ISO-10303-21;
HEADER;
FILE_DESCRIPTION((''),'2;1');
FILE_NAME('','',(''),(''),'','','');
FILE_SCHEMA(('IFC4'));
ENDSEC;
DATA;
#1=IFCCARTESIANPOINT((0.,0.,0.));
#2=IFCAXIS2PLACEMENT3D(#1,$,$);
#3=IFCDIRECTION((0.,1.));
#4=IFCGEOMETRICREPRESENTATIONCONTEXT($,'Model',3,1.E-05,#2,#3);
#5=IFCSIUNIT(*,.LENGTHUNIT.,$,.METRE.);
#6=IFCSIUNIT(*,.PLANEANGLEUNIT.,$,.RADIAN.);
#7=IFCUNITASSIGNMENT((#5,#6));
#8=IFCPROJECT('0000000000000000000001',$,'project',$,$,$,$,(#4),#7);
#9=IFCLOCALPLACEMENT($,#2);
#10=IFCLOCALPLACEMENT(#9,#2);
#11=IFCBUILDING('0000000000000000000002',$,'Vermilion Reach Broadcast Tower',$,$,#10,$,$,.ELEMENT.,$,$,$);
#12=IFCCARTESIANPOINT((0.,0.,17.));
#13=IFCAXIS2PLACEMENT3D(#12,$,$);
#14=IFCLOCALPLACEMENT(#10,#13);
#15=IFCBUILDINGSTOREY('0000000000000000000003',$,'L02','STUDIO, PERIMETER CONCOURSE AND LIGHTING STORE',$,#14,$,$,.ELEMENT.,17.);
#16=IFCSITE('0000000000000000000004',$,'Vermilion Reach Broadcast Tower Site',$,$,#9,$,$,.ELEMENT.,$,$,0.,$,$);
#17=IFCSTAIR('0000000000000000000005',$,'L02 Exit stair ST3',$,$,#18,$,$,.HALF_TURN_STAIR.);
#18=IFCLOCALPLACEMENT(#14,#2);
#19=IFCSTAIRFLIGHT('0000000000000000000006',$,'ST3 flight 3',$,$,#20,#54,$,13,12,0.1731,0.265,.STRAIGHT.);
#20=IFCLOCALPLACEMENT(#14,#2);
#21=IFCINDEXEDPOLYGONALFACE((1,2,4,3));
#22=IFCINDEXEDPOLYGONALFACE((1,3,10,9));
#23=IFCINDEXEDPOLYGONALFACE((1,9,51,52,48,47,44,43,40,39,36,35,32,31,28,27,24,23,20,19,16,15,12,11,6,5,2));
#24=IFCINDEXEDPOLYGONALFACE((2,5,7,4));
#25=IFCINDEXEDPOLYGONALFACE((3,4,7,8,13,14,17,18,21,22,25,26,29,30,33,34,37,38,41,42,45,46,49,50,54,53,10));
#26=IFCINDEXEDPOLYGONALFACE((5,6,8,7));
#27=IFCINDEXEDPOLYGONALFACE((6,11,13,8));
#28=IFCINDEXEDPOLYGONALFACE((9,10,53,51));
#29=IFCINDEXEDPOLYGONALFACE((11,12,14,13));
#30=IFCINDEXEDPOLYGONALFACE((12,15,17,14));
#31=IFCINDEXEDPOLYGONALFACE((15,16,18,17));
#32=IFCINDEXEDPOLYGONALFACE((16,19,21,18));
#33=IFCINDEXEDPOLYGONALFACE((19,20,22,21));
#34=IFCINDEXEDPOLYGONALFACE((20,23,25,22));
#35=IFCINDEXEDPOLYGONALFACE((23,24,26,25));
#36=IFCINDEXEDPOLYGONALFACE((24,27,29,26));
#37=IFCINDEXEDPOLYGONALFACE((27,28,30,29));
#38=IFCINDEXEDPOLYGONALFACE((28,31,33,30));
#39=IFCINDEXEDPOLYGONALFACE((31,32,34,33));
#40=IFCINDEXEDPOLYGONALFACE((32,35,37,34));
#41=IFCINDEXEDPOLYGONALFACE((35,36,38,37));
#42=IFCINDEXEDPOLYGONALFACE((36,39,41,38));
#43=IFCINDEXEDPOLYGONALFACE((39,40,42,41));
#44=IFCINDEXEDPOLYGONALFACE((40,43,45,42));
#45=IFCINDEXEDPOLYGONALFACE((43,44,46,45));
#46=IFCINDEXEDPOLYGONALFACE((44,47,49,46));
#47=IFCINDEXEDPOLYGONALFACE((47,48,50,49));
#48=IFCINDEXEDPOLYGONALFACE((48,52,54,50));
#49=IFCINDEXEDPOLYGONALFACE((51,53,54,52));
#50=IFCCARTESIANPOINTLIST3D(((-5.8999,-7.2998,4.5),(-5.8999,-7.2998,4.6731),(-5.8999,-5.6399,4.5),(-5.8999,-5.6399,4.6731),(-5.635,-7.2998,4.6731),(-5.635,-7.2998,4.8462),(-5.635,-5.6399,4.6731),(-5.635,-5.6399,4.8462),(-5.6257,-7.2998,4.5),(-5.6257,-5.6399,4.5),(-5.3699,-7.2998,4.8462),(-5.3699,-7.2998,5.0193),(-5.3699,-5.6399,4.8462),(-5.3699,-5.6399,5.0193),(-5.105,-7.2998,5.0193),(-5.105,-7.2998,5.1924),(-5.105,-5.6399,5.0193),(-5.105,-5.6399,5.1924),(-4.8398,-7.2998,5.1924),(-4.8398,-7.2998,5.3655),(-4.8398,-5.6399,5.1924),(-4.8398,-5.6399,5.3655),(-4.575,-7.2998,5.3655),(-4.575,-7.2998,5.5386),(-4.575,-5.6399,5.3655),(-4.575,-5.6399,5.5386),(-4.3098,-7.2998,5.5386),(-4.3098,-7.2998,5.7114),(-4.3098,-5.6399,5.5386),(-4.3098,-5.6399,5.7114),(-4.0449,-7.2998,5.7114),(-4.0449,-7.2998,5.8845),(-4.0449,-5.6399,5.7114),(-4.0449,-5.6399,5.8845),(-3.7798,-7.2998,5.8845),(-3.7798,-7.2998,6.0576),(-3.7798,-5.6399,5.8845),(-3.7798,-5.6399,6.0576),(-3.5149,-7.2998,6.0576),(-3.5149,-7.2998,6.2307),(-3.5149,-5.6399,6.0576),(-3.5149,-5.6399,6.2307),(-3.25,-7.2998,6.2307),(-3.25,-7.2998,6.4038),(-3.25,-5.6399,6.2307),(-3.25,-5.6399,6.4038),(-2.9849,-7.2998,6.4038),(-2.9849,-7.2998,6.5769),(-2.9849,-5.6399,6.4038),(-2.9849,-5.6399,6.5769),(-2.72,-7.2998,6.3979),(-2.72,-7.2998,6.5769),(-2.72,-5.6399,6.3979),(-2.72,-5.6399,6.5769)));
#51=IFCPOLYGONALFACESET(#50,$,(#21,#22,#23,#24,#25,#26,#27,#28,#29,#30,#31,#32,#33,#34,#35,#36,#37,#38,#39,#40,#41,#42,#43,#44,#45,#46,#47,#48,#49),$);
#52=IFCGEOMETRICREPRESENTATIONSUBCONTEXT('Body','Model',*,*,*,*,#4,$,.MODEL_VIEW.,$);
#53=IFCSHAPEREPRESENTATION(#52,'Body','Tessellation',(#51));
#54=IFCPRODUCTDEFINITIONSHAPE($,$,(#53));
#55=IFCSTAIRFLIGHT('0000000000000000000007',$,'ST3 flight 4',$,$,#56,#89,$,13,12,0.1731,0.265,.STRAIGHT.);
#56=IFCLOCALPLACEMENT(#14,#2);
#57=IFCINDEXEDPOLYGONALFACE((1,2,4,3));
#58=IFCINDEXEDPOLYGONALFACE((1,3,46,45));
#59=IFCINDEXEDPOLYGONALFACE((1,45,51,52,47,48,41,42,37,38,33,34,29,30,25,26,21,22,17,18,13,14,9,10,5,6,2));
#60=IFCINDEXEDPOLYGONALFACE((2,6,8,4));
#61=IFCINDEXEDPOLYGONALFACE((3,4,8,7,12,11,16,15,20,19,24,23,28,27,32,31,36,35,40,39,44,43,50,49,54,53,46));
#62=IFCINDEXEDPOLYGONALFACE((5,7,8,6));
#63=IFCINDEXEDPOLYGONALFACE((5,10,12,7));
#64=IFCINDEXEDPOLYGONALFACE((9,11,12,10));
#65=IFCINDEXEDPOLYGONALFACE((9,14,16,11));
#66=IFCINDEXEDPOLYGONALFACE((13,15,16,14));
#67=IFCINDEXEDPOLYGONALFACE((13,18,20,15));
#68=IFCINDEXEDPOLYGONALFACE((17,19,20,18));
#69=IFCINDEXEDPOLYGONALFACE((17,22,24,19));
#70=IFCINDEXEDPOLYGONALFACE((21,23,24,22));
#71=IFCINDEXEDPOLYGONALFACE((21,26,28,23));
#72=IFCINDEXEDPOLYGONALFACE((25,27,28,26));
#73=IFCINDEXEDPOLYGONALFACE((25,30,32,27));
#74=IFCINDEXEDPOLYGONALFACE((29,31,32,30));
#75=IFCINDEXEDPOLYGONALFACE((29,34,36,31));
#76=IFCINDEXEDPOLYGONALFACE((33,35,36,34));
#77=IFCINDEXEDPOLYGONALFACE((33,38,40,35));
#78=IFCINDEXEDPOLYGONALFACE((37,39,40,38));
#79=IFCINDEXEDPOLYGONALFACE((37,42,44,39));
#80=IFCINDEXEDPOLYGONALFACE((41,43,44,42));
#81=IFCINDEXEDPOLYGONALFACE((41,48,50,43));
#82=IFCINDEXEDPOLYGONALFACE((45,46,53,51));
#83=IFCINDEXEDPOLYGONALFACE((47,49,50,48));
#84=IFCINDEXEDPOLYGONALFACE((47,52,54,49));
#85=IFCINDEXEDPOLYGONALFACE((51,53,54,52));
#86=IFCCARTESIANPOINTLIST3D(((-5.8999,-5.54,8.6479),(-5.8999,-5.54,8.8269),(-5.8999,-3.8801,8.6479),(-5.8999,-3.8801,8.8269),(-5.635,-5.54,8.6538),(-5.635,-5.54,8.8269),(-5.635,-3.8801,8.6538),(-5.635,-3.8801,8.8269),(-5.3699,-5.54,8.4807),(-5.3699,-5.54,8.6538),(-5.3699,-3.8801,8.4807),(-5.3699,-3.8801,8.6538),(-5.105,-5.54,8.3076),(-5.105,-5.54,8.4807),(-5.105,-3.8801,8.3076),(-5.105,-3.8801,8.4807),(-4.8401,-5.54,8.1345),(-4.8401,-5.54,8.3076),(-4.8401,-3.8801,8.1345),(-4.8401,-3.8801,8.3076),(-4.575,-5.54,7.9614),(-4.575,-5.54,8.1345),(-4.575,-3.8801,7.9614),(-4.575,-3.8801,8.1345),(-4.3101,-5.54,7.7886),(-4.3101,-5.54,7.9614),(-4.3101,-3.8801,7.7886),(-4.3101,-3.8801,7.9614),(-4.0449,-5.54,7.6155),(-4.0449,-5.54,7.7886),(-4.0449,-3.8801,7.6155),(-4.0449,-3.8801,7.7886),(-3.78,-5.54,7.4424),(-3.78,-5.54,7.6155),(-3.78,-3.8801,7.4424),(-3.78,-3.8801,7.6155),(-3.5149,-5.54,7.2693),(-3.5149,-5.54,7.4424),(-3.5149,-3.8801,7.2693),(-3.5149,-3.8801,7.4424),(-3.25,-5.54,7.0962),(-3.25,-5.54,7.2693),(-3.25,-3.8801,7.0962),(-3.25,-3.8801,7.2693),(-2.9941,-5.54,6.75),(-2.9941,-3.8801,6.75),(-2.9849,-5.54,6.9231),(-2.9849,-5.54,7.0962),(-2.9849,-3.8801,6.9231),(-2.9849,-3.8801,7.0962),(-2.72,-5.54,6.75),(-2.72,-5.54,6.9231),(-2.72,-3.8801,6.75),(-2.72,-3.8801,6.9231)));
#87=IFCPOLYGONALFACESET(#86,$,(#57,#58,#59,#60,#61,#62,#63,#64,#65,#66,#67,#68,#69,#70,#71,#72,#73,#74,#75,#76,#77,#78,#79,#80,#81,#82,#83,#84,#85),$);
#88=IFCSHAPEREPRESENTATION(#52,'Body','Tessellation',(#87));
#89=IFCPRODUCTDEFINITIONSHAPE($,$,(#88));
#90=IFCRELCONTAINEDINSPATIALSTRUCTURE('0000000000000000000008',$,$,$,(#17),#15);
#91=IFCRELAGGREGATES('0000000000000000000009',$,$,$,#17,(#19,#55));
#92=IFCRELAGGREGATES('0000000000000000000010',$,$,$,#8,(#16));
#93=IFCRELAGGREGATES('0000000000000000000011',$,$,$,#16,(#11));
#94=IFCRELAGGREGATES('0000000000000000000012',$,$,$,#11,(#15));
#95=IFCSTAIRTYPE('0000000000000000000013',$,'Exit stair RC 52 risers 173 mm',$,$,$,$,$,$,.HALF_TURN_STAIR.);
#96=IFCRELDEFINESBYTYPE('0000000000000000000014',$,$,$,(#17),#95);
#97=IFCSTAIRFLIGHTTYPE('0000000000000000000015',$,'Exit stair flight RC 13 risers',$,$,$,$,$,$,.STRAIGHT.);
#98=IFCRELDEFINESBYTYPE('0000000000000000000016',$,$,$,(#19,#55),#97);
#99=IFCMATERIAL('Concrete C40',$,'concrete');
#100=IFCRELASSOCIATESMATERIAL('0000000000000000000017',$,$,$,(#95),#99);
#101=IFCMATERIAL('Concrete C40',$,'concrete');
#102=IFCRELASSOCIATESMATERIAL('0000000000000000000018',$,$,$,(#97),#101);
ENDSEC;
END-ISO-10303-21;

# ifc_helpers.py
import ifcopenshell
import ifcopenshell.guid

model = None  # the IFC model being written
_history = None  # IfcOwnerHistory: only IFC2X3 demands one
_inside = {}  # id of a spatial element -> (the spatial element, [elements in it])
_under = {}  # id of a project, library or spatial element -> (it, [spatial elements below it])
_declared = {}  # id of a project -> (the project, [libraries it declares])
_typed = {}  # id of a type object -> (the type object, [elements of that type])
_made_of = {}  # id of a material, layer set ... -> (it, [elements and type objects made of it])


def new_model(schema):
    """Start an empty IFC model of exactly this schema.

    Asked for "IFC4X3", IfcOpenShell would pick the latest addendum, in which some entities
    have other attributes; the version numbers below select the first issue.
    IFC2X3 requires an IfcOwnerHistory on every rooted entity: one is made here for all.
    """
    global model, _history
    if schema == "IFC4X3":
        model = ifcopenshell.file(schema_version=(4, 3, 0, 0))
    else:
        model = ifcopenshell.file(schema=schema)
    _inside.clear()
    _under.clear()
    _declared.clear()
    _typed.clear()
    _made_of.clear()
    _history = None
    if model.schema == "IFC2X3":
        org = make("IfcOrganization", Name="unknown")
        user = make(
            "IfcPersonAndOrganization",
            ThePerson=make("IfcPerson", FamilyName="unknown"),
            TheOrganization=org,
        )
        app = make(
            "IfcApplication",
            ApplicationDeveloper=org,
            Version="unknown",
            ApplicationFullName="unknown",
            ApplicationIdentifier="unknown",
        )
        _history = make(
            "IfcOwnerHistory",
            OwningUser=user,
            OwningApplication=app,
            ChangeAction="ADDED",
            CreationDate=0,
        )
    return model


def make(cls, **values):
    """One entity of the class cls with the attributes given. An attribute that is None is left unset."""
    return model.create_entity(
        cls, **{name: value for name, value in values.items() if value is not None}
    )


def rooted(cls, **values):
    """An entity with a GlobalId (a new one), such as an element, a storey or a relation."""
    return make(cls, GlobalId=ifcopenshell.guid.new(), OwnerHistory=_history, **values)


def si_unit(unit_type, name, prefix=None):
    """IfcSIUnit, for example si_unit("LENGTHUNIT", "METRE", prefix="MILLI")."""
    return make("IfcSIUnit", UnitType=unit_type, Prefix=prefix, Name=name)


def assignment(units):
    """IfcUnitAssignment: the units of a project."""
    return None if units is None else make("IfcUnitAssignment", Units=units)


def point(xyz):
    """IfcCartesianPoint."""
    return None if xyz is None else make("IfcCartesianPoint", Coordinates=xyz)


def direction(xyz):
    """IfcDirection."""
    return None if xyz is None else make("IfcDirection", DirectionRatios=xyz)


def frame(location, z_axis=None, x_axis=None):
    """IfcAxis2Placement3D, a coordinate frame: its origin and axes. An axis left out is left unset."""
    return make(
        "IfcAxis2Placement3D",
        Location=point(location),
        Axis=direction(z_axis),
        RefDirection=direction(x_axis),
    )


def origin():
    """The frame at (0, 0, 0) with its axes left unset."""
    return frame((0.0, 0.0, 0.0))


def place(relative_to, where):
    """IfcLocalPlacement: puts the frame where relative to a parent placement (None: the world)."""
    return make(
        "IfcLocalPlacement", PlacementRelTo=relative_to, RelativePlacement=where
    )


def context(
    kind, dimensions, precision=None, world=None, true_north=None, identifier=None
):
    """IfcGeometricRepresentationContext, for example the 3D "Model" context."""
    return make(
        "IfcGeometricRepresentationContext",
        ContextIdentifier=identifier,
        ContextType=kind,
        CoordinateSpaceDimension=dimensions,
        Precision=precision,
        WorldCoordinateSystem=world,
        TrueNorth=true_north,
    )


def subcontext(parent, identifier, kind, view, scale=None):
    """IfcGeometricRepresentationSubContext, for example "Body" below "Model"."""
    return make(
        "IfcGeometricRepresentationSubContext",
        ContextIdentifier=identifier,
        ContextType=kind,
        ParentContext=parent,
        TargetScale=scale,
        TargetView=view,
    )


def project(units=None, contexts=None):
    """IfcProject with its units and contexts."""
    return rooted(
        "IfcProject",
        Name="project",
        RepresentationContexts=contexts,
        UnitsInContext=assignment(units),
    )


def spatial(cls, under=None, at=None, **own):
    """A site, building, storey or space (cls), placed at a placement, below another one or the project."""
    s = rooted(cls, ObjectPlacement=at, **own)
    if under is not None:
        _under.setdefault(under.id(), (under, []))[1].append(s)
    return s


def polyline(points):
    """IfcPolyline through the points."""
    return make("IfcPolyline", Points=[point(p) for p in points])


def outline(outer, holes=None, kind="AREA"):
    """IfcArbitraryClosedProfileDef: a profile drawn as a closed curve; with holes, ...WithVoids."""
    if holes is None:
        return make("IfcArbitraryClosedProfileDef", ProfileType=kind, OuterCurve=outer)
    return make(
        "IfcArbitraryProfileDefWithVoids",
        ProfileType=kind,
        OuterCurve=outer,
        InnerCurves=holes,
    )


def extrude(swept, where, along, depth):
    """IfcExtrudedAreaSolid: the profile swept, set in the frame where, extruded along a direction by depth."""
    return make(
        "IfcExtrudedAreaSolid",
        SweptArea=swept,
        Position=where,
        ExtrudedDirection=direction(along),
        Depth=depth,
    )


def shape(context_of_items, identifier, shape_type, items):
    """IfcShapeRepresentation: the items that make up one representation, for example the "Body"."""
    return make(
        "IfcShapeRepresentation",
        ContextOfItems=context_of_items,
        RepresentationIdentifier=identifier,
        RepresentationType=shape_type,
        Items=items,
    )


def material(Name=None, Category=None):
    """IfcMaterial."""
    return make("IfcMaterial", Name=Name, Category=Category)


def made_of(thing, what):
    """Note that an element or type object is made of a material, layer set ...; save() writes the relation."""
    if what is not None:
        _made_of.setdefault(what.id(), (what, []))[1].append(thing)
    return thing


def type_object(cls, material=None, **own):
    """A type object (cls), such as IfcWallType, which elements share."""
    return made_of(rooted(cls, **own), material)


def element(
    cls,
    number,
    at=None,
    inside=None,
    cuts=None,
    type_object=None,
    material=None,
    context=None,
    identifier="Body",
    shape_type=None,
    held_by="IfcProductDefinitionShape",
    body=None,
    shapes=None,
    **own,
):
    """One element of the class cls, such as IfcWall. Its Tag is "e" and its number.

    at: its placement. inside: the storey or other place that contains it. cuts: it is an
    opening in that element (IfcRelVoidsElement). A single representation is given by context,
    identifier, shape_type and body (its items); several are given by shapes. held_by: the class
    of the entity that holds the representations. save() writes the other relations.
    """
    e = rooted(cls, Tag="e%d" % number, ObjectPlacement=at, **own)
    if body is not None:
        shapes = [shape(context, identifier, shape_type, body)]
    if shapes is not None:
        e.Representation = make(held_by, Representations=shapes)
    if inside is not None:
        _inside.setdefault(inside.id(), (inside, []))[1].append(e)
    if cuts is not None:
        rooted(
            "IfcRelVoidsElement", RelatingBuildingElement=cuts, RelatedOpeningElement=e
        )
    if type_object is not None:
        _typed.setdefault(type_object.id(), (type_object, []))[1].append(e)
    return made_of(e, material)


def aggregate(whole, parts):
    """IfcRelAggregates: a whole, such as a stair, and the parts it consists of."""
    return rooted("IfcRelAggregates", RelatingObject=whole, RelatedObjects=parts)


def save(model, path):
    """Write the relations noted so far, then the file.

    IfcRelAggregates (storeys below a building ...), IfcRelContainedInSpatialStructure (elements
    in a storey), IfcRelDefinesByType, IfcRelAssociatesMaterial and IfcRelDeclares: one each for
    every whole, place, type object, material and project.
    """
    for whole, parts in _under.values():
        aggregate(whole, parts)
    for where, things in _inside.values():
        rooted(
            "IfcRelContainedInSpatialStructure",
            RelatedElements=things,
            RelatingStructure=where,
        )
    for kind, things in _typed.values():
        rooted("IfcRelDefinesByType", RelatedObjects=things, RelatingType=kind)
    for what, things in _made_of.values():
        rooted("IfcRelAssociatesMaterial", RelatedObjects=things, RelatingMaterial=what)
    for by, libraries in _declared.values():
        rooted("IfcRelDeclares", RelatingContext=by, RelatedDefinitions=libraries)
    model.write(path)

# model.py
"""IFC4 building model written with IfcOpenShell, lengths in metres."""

from ifc_helpers import new_model, si_unit, direction, frame, origin, place, context, subcontext, project, spatial, polyline, outline, extrude, material, type_object, element, aggregate, save


model = new_model("IFC4")

# Units and contexts
model_context = context("Model", 3, precision=1e-05, world=origin(), true_north=direction((0.0, 1.0)))
body_context = subcontext(model_context, "Body", "Model", "MODEL_VIEW")
ifc_project = project(units=[si_unit("LENGTHUNIT", "METRE"), si_unit("PLANEANGLEUNIT", "RADIAN")], contexts=[model_context])

# Site, building, storey
site_placement = place(None, origin())
site = spatial("IfcSite", under=ifc_project, at=site_placement, Name="Vermilion Reach Broadcast Tower Site", CompositionType="ELEMENT", RefElevation=0.0)
building_placement = place(site_placement, origin())
building = spatial("IfcBuilding", under=site, at=building_placement, Name="Vermilion Reach Broadcast Tower", CompositionType="ELEMENT")
storey_placement = place(building_placement, frame((0.0, 0.0, 17.0)))
storey = spatial("IfcBuildingStorey", under=building, at=storey_placement, Name="L02", Description="STUDIO, PERIMETER CONCOURSE AND LIGHTING STORE", CompositionType="ELEMENT", Elevation=17.0)

# Stair
ifc_material_1 = material(Name="Concrete C40", Category="concrete")
stair_type = type_object("IfcStairType", Name="Exit stair RC 52 risers 173 mm", PredefinedType="HALF_TURN_STAIR", material=ifc_material_1)
placement_1 = place(storey_placement, origin())
stair_1 = element("IfcStair", 1, at=placement_1, inside=storey, type_object=stair_type, Name="L02 Exit stair ST3", PredefinedType="HALF_TURN_STAIR")

# Stair flights
ifc_material_2 = material(Name="Concrete C40", Category="concrete")
stair_flight_type = type_object("IfcStairFlightType", Name="Exit stair flight RC 13 risers", PredefinedType="STRAIGHT", material=ifc_material_2)
stair_flight_1_placement = place(storey_placement, frame((-5.8999, -6.47, 4.5), z_axis=(0.0, 0.0, 1.0), x_axis=(1.0, 0.0, 0.0)))
stair_flight_1 = element("IfcStairFlight", 2, at=stair_flight_1_placement, type_object=stair_flight_type, Name="ST3 flight 3", NumberOfRisers=13, NumberOfTreads=12, PredefinedType="STRAIGHT", RiserHeight=0.1731, TreadLength=0.265, context=body_context, shape_type="SweptSolid", body=[
    extrude(outline(polyline([(0.0, 0.0), (0.0, 0.1731), (0.2649, 0.1731), (0.2649, 0.3462), (0.53, 0.3462), (0.53, 0.5193), (0.7949, 0.5193), (0.7949, 0.6924), (1.0601, 0.6924), (1.0601, 0.8655), (1.325, 0.8655), (1.325, 1.0386), (1.5901, 1.0386), (1.5901, 1.2114), (1.855, 1.2114), (1.855, 1.3845), (2.1201, 1.3845), (2.1201, 1.5576), (2.385, 1.5576), (2.385, 1.7307), (2.6499, 1.7307), (2.6499, 1.9038), (2.915, 1.9038), (2.915, 2.0769), (3.1799, 2.0769), (3.1799, 2.25), (3.1799, 1.8979), (0.2742, 0.0), (0.0, 0.0)])), frame((0.0, 0.8301, 0.0), z_axis=(0.0, -1.0, 0.0), x_axis=(1.0, 0.0, 0.0)), (0.0, 0.0, 1.0), 1.6599),
])
stair_flight_2_placement = place(storey_placement, frame((-2.72, -4.71, 6.75), z_axis=(0.0, 0.0, 1.0), x_axis=(-1.0, 0.0, 0.0)))
stair_flight_2 = element("IfcStairFlight", 3, at=stair_flight_2_placement, type_object=stair_flight_type, Name="ST3 flight 4", NumberOfRisers=13, NumberOfTreads=12, PredefinedType="STRAIGHT", RiserHeight=0.1731, TreadLength=0.265, context=body_context, shape_type="SweptSolid", body=[
    extrude(outline(polyline([(0.0, 0.0), (0.0, 0.1731), (0.2649, 0.1731), (0.2649, 0.3462), (0.53, 0.3462), (0.53, 0.5193), (0.7949, 0.5193), (0.7949, 0.6924), (1.0601, 0.6924), (1.0601, 0.8655), (1.325, 0.8655), (1.325, 1.0386), (1.5901, 1.0386), (1.5901, 1.2114), (1.855, 1.2114), (1.855, 1.3845), (2.1201, 1.3845), (2.1201, 1.5576), (2.385, 1.5576), (2.385, 1.7307), (2.6499, 1.7307), (2.6499, 1.9038), (2.915, 1.9038), (2.915, 2.0769), (3.1799, 2.0769), (3.1799, 2.25), (3.1799, 1.8979), (0.2742, 0.0), (0.0, 0.0)])), frame((0.0, 0.8301, 0.0), z_axis=(0.0, -1.0, 0.0), x_axis=(1.0, 0.0, 0.0)), (0.0, 0.0, 1.0), 1.6599),
])
aggregate(stair_1, [stair_flight_1, stair_flight_2])

save(model, "model.ifc")
